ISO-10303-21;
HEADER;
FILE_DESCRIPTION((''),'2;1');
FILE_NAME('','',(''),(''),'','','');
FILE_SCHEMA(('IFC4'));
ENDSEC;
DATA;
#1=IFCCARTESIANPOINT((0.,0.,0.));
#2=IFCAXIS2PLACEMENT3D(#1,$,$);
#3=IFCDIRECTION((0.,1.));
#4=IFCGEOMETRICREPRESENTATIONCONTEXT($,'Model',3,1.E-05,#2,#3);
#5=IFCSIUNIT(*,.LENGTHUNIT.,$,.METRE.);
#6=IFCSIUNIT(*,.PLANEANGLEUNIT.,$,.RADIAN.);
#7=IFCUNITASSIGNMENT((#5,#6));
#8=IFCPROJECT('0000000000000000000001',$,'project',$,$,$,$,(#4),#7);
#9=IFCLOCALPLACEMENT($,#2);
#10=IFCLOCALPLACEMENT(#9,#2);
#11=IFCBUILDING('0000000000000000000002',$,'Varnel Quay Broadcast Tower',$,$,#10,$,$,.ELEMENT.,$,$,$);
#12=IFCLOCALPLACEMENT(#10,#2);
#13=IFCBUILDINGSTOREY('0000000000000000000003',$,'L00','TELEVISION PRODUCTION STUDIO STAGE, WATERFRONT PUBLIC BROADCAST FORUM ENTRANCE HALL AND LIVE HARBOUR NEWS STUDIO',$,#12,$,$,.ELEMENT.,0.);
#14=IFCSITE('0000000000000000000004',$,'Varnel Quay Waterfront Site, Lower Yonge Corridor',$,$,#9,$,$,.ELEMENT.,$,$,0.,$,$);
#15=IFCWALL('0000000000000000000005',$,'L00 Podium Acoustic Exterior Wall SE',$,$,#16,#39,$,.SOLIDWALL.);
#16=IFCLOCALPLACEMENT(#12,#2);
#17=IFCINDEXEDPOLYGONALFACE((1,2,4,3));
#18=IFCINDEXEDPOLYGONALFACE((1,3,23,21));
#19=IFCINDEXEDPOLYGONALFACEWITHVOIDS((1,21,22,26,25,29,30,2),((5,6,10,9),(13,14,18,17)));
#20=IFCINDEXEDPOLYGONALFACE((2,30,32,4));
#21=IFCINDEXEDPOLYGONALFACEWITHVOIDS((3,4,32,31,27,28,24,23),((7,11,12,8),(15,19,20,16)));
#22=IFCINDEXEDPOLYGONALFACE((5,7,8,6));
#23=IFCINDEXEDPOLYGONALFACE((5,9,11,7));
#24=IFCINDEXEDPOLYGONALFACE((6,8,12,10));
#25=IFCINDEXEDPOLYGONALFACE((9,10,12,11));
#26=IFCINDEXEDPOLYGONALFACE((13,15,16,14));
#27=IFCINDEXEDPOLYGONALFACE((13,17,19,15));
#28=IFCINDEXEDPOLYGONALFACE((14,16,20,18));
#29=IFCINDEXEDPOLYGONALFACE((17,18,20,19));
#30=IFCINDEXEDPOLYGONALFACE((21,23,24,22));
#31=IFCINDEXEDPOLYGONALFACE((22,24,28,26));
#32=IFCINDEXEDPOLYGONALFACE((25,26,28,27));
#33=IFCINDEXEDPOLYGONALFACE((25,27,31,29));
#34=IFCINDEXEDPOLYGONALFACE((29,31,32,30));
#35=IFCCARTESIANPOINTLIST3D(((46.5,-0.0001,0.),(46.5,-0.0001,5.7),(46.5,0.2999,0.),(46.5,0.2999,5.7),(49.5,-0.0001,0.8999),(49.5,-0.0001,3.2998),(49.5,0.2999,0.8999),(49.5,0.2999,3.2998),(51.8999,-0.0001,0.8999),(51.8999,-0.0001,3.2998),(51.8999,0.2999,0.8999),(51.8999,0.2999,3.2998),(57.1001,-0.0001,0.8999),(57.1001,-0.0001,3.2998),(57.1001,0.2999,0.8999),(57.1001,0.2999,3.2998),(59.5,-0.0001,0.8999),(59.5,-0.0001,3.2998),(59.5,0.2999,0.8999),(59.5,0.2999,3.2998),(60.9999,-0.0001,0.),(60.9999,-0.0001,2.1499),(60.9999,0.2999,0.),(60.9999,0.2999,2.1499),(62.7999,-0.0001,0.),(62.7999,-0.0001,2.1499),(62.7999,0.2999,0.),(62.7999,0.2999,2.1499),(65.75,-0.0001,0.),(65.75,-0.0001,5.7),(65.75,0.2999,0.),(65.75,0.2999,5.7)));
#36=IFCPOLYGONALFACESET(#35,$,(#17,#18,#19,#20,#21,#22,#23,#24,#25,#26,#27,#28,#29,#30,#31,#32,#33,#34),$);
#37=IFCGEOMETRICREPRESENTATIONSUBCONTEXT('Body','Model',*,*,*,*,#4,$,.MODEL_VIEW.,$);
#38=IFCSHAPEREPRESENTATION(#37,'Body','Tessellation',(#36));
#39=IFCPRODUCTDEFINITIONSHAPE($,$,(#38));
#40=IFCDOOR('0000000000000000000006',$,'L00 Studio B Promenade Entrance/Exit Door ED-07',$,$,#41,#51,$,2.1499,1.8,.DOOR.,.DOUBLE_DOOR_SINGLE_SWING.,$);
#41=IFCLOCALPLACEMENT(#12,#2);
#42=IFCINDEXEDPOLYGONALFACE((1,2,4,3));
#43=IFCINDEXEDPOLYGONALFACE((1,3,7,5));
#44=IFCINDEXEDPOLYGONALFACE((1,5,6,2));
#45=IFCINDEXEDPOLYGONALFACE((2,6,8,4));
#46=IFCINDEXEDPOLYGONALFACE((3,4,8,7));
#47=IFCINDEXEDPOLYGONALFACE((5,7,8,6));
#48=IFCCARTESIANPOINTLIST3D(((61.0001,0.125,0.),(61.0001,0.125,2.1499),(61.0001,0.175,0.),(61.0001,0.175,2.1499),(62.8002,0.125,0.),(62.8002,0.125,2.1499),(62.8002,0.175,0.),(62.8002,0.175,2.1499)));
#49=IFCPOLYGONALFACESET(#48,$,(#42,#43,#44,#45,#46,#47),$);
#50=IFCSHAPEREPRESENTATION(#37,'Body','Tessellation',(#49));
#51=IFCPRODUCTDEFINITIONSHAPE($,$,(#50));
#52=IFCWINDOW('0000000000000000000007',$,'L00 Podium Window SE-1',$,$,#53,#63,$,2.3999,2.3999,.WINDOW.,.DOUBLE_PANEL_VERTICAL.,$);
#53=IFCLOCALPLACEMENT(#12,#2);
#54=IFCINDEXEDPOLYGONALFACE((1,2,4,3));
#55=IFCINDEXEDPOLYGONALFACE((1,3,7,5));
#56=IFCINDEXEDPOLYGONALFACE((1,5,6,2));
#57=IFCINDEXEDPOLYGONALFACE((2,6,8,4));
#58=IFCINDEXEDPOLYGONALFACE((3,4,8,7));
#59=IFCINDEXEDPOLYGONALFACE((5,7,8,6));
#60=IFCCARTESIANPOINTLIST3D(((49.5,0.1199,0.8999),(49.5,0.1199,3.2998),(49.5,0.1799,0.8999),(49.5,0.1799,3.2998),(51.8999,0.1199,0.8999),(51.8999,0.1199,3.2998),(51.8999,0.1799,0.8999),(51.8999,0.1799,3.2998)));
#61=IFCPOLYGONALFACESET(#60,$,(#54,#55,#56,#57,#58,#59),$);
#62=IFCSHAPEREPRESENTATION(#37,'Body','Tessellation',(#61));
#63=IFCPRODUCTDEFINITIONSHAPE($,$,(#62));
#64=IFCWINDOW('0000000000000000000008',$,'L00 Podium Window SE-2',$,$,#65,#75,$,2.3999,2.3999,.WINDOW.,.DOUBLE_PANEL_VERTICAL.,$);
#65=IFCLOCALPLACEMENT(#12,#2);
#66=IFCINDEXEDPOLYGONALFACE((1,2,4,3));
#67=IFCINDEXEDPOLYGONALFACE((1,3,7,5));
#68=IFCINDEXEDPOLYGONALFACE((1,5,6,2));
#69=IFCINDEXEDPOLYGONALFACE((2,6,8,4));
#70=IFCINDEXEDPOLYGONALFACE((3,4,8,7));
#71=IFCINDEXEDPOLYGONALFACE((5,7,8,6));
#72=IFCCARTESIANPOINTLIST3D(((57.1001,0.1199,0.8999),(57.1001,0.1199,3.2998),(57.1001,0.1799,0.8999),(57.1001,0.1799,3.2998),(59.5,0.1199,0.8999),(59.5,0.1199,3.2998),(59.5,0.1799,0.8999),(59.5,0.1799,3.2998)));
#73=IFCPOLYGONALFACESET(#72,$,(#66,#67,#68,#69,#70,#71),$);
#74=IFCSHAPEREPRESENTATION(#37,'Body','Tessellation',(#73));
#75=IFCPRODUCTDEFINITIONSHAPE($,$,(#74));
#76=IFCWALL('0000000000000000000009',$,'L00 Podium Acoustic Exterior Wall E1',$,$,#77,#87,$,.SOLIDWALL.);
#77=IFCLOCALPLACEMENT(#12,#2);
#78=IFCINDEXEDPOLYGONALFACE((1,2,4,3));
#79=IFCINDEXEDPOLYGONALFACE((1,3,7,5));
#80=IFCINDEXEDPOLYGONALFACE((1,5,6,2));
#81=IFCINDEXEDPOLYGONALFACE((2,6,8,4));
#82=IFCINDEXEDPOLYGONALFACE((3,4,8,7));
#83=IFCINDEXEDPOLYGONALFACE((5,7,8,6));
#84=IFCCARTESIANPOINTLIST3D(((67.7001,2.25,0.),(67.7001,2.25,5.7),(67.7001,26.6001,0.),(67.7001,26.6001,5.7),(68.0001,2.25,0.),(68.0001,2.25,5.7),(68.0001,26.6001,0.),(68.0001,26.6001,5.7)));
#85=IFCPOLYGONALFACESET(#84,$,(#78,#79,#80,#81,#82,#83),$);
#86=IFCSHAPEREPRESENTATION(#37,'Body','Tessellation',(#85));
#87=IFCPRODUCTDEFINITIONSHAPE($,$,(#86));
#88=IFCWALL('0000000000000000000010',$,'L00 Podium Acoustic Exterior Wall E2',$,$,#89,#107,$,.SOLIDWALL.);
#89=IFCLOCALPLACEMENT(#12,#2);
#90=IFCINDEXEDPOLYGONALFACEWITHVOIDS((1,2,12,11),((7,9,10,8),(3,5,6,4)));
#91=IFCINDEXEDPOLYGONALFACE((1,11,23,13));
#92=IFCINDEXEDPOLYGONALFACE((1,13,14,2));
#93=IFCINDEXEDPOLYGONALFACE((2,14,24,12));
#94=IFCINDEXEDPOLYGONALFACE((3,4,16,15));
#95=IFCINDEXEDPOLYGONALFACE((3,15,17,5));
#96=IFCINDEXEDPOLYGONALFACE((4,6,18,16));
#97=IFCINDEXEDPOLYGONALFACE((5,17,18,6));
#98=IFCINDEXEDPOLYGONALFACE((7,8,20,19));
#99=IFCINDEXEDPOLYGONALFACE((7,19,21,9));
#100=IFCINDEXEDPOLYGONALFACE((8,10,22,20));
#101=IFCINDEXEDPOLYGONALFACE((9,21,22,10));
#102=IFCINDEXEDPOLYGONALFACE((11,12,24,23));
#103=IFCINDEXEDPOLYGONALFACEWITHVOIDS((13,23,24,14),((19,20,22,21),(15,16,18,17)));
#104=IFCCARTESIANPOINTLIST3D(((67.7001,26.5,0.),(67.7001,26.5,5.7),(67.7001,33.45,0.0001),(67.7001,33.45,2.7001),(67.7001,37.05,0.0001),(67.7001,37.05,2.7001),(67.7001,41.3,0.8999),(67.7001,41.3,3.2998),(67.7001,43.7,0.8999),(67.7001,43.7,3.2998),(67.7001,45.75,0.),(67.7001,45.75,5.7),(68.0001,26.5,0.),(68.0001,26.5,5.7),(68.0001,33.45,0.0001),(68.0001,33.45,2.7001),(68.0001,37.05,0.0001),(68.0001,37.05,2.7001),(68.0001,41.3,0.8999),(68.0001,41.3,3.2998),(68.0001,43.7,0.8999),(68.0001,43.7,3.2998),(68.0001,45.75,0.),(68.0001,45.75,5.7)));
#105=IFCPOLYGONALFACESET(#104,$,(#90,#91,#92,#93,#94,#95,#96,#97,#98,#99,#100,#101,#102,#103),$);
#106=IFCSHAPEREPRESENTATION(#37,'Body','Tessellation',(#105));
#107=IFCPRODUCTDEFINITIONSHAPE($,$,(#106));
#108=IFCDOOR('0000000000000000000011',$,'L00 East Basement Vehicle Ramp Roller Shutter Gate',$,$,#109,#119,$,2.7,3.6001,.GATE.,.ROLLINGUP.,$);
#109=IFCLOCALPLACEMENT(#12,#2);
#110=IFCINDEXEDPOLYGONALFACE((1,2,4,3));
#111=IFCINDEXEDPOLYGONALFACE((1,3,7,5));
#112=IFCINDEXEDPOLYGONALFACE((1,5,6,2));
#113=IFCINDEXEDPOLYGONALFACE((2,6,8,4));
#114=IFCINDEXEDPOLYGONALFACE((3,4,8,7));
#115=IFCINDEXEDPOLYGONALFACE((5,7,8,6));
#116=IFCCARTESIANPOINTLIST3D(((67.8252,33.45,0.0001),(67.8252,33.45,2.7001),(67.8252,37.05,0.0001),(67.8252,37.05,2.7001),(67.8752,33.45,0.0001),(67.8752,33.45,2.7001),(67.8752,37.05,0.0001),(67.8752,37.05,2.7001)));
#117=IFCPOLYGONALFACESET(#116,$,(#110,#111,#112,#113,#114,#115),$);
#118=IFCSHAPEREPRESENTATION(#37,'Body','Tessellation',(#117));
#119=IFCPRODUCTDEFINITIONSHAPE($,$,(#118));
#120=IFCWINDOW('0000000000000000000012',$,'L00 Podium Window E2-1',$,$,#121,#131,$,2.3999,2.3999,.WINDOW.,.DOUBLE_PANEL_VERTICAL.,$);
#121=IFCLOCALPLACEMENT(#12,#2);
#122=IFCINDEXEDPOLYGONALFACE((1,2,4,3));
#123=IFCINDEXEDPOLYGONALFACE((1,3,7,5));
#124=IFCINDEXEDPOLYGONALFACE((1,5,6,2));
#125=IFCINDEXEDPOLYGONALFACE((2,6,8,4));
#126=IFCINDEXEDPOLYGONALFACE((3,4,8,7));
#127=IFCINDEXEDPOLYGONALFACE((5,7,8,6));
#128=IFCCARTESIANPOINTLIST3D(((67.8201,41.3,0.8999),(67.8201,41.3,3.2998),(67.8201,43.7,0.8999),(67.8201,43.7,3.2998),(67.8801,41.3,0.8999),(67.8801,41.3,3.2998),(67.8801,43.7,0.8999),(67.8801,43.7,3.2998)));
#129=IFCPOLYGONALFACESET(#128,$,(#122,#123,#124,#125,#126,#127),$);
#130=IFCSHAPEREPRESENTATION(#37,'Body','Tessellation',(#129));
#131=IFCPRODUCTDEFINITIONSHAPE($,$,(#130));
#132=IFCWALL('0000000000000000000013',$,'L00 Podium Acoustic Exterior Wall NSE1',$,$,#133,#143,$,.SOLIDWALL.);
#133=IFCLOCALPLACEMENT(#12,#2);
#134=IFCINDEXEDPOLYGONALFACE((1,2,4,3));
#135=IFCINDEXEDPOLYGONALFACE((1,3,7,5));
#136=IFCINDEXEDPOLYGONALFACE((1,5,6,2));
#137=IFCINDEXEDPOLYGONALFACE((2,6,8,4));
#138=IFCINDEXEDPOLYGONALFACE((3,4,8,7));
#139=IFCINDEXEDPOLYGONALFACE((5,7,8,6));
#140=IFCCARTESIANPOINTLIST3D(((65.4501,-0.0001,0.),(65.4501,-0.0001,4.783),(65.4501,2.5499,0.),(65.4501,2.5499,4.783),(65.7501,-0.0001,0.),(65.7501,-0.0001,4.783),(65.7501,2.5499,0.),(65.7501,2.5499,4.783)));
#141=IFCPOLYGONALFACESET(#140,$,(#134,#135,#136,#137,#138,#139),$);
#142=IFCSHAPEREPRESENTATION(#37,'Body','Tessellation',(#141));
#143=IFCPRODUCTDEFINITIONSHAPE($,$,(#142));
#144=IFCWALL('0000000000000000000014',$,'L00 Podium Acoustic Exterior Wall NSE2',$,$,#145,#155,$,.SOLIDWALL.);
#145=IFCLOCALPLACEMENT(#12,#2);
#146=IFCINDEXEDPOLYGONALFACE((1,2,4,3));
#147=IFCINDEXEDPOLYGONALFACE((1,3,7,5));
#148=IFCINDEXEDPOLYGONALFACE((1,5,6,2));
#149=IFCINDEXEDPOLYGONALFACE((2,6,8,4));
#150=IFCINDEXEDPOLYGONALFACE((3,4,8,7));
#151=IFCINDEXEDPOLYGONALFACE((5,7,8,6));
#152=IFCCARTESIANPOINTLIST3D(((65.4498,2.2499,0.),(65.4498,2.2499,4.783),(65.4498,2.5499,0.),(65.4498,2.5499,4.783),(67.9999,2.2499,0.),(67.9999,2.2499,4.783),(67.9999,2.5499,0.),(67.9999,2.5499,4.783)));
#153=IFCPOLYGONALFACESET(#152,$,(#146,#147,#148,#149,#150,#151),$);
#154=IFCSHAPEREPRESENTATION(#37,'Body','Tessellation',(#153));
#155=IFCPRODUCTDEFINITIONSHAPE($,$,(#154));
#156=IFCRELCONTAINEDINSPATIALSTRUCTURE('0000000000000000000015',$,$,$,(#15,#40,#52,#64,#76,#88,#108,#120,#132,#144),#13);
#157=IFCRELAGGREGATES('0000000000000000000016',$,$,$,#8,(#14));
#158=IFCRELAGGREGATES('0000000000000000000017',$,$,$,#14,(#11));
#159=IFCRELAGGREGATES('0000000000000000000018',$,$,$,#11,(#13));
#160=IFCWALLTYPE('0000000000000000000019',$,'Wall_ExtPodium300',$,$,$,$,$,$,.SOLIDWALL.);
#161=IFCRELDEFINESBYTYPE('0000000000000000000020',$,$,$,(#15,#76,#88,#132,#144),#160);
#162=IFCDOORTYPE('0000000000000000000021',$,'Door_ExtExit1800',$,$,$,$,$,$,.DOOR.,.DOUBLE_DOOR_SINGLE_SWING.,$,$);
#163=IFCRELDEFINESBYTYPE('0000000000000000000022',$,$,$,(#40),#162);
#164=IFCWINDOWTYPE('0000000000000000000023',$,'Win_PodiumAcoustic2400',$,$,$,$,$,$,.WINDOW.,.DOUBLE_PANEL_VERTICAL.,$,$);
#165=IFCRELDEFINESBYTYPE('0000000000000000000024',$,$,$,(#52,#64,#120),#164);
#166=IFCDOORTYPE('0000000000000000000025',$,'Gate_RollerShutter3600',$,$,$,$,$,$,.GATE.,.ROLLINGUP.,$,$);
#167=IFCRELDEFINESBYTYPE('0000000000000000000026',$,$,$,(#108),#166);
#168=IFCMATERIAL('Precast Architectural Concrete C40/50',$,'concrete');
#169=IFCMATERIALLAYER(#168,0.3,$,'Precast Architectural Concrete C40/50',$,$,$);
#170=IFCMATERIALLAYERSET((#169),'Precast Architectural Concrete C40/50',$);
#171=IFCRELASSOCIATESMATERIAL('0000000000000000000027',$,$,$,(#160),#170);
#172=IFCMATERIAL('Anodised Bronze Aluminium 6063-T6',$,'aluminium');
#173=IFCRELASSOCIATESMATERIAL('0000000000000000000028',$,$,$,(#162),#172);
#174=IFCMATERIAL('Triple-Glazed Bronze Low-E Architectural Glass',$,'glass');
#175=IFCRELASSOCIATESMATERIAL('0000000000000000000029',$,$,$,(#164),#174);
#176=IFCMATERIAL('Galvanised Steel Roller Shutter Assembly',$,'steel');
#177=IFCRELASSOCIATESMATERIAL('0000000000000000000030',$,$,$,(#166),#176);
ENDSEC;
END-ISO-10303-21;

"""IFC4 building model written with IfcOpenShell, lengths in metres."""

from ifc_helpers import new_model, si_unit, direction, frame, frame_2d, origin, place, context, subcontext, project, spatial, rectangle, extrude, source, transform, mapped, material, layer, layer_set, type_object, type_shapes, element, fill, save


model = new_model("IFC4")

# Units and contexts
model_context = context("Model", 3, precision=1e-05, world=origin(), true_north=direction((0.0, 1.0)))
body_context = subcontext(model_context, "Body", "Model", "MODEL_VIEW")
ifc_project = project(units=[si_unit("LENGTHUNIT", "METRE"), si_unit("PLANEANGLEUNIT", "RADIAN")], contexts=[model_context])

# Site, building, storey
site_placement = place(None, origin())
site = spatial("IfcSite", under=ifc_project, at=site_placement, Name="Varnel Quay Waterfront Site, Lower Yonge Corridor", CompositionType="ELEMENT", RefElevation=0.0)
building_placement = place(site_placement, origin())
building = spatial("IfcBuilding", under=site, at=building_placement, Name="Varnel Quay Broadcast Tower", CompositionType="ELEMENT")
storey_placement = place(building_placement, origin())
storey = spatial("IfcBuildingStorey", under=building, at=storey_placement, Name="L00", Description="TELEVISION PRODUCTION STUDIO STAGE, WATERFRONT PUBLIC BROADCAST FORUM ENTRANCE HALL AND LIVE HARBOUR NEWS STUDIO", CompositionType="ELEMENT", Elevation=0.0)

# Shared definitions
ifc_material_1 = material(Name="Anodised Bronze Aluminium 6063-T6", Category="aluminium")

# Wall, openings, door, windows
ifc_material_2 = material(Name="Precast Architectural Concrete C40/50", Category="concrete")
ifc_layer_1 = layer(ifc_material_2, 0.3, Name="Precast Architectural Concrete C40/50")
ifc_layer_set_1 = layer_set([ifc_layer_1], Name="Precast Architectural Concrete C40/50")
wall_type_1 = type_object("IfcWallType", Name="Wall_ExtPodium300", PredefinedType="SOLIDWALL", material=ifc_layer_set_1)
wall_1_placement = place(storey_placement, frame((46.5, 0.1499, 0.0), z_axis=(0.0, 0.0, 1.0), x_axis=(1.0, 0.0, 0.0)))
wall_1 = element("IfcWall", 1, at=wall_1_placement, inside=storey, type_object=wall_type_1, Name="L00 Podium Acoustic Exterior Wall SE", PredefinedType="SOLIDWALL", context=body_context, shape_type="SweptSolid", body=[
    extrude(rectangle(XDim=19.25, YDim=0.3, at=frame_2d((9.625, 0.0))), origin(), (0.0, 0.0, 1.0), 5.7),
])
opening_1_placement = place(wall_1_placement, frame((14.5, 0.0, 0.0)))
opening_1 = element("IfcOpeningElement", 2, at=opening_1_placement, cuts=wall_1, PredefinedType="OPENING", context=body_context, shape_type="SweptSolid", body=[
    extrude(rectangle(XDim=1.8, YDim=2.1499, at=frame_2d((0.8999, 1.075))), frame((0.0, 0.1602, 0.0), z_axis=(0.0, -1.0, 0.0), x_axis=(1.0, 0.0, 0.0)), (0.0, 0.0, 1.0), 0.3201),
])
opening_2_placement = place(wall_1_placement, frame((3.0, 0.0, 0.8999)))
opening_2 = element("IfcOpeningElement", 3, at=opening_2_placement, cuts=wall_1, PredefinedType="OPENING", context=body_context, shape_type="SweptSolid", body=[
    extrude(rectangle(XDim=2.3999, YDim=2.3999, at=frame_2d((1.2, 1.2))), frame((0.0, 0.1602, 0.0), z_axis=(0.0, -1.0, 0.0), x_axis=(1.0, 0.0, 0.0)), (0.0, 0.0, 1.0), 0.3201),
])
opening_3_placement = place(wall_1_placement, frame((10.6001, 0.0, 0.8999)))
opening_3 = element("IfcOpeningElement", 4, at=opening_3_placement, cuts=wall_1, PredefinedType="OPENING", context=body_context, shape_type="SweptSolid", body=[
    extrude(rectangle(XDim=2.3999, YDim=2.3999, at=frame_2d((1.2, 1.2))), frame((0.0, 0.1602, 0.0), z_axis=(0.0, -1.0, 0.0), x_axis=(1.0, 0.0, 0.0)), (0.0, 0.0, 1.0), 0.3201),
])
door_type_1 = type_object("IfcDoorType", Name="Door_ExtExit1800", OperationType="DOUBLE_DOOR_SINGLE_SWING", PredefinedType="DOOR", material=ifc_material_1)
shared_shape_1 = source(origin(), body_context, "Body", "SweptSolid", [
    extrude(rectangle(XDim=1.8, YDim=2.1499, at=frame_2d((0.8999, 1.075))), frame((0.0, 0.0249, 0.0), z_axis=(0.0, -1.0, 0.0), x_axis=(1.0, 0.0, 0.0)), (0.0, 0.0, 1.0), 0.05),
])
type_shapes(door_type_1, [shared_shape_1])
door_1_placement = place(opening_1_placement, frame((1.8, 0.0, 0.0), z_axis=(0.0, 0.0, 1.0), x_axis=(-1.0, 0.0, 0.0)))
door_1 = element("IfcDoor", 5, at=door_1_placement, inside=storey, type_object=door_type_1, Name="L00 Studio B Promenade Entrance/Exit Door ED-07", OperationType="DOUBLE_DOOR_SINGLE_SWING", OverallHeight=2.1499, OverallWidth=1.8, PredefinedType="DOOR", context=body_context, shape_type="MappedRepresentation", body=[
    mapped(shared_shape_1, transform((0.0, 0.0, 0.0), x_axis=(1.0, 0.0, 0.0), y_axis=(0.0, 1.0, 0.0), z_axis=(0.0, 0.0, 1.0), scale=1.0)),
])
fill(opening_1, door_1)
ifc_material_3 = material(Name="Triple-Glazed Bronze Low-E Architectural Glass", Category="glass")
window_type = type_object("IfcWindowType", Name="Win_PodiumAcoustic2400", PartitioningType="DOUBLE_PANEL_VERTICAL", PredefinedType="WINDOW", material=ifc_material_3)
shared_shape_2 = source(origin(), body_context, "Body", "SweptSolid", [
    extrude(rectangle(XDim=2.3999, YDim=2.3999, at=frame_2d((1.2, 1.2))), frame((0.0, 0.03, 0.0), z_axis=(0.0, -1.0, 0.0), x_axis=(1.0, 0.0, 0.0)), (0.0, 0.0, 1.0), 0.0601),
])
type_shapes(window_type, [shared_shape_2])
window_1_placement = place(opening_2_placement, origin())
window_1 = element("IfcWindow", 6, at=window_1_placement, inside=storey, type_object=window_type, Name="L00 Podium Window SE-1", OverallHeight=2.3999, OverallWidth=2.3999, PartitioningType="DOUBLE_PANEL_VERTICAL", PredefinedType="WINDOW", context=body_context, shape_type="MappedRepresentation", body=[
    mapped(shared_shape_2, transform((0.0, 0.0, 0.0), x_axis=(1.0, 0.0, 0.0), y_axis=(0.0, 1.0, 0.0), z_axis=(0.0, 0.0, 1.0), scale=1.0)),
])
fill(opening_2, window_1)
window_2_placement = place(opening_3_placement, origin())
window_2 = element("IfcWindow", 7, at=window_2_placement, inside=storey, type_object=window_type, Name="L00 Podium Window SE-2", OverallHeight=2.3999, OverallWidth=2.3999, PartitioningType="DOUBLE_PANEL_VERTICAL", PredefinedType="WINDOW", context=body_context, shape_type="MappedRepresentation", body=[
    mapped(shared_shape_2, transform((0.0, 0.0, 0.0), x_axis=(1.0, 0.0, 0.0), y_axis=(0.0, 1.0, 0.0), z_axis=(0.0, 0.0, 1.0), scale=1.0)),
])
fill(opening_3, window_2)

# Wall
wall_2_placement = place(storey_placement, frame((67.8501, 2.25, 0.0), z_axis=(0.0, 0.0, 1.0), x_axis=(0.0, 1.0, 0.0)))
element("IfcWall", 8, at=wall_2_placement, inside=storey, type_object=wall_type_1, Name="L00 Podium Acoustic Exterior Wall E1", PredefinedType="SOLIDWALL", context=body_context, shape_type="SweptSolid", body=[
    extrude(rectangle(XDim=24.3501, YDim=0.3, at=frame_2d((12.175, 0.0))), origin(), (0.0, 0.0, 1.0), 5.7),
])

# Wall, openings, door, window
wall_3_placement = place(storey_placement, frame((67.8501, 26.5, 0.0), z_axis=(0.0, 0.0, 1.0), x_axis=(0.0, 1.0, 0.0)))
wall_3 = element("IfcWall", 9, at=wall_3_placement, inside=storey, type_object=wall_type_1, Name="L00 Podium Acoustic Exterior Wall E2", PredefinedType="SOLIDWALL", context=body_context, shape_type="SweptSolid", body=[
    extrude(rectangle(XDim=19.25, YDim=0.3, at=frame_2d((9.625, 0.0))), origin(), (0.0, 0.0, 1.0), 5.7),
])
opening_4_placement = place(wall_3_placement, frame((6.95, 0.0, 0.0)))
opening_4 = element("IfcOpeningElement", 10, at=opening_4_placement, cuts=wall_3, PredefinedType="OPENING", context=body_context, shape_type="SweptSolid", body=[
    extrude(rectangle(XDim=3.6001, YDim=2.7, at=frame_2d((1.8, 1.3501))), frame((0.0, 0.1602, 0.0), z_axis=(0.0, -1.0, 0.0), x_axis=(1.0, 0.0, 0.0)), (0.0, 0.0, 1.0), 0.3201),
])
opening_5_placement = place(wall_3_placement, frame((14.8, 0.0, 0.8999)))
opening_5 = element("IfcOpeningElement", 11, at=opening_5_placement, cuts=wall_3, PredefinedType="OPENING", context=body_context, shape_type="SweptSolid", body=[
    extrude(rectangle(XDim=2.3999, YDim=2.3999, at=frame_2d((1.2, 1.2))), frame((0.0, 0.1602, 0.0), z_axis=(0.0, -1.0, 0.0), x_axis=(1.0, 0.0, 0.0)), (0.0, 0.0, 1.0), 0.3201),
])
ifc_material_4 = material(Name="Galvanised Steel Roller Shutter Assembly", Category="steel")
door_type_2 = type_object("IfcDoorType", Name="Gate_RollerShutter3600", OperationType="ROLLINGUP", PredefinedType="GATE", material=ifc_material_4)
shared_shape_3 = source(origin(), body_context, "Body", "SweptSolid", [
    extrude(rectangle(XDim=3.6001, YDim=2.7, at=frame_2d((1.8, 1.3501))), frame((0.0, 0.0249, 0.0), z_axis=(0.0, -1.0, 0.0), x_axis=(1.0, 0.0, 0.0)), (0.0, 0.0, 1.0), 0.05),
])
type_shapes(door_type_2, [shared_shape_3])
door_2_placement = place(opening_4_placement, origin())
door_2 = element("IfcDoor", 12, at=door_2_placement, inside=storey, type_object=door_type_2, Name="L00 East Basement Vehicle Ramp Roller Shutter Gate", OperationType="ROLLINGUP", OverallHeight=2.7, OverallWidth=3.6001, PredefinedType="GATE", context=body_context, shape_type="MappedRepresentation", body=[
    mapped(shared_shape_3, transform((0.0, 0.0, 0.0), x_axis=(1.0, 0.0, 0.0), y_axis=(0.0, 1.0, 0.0), z_axis=(0.0, 0.0, 1.0), scale=1.0)),
])
fill(opening_4, door_2)
window_3_placement = place(opening_5_placement, origin())
window_3 = element("IfcWindow", 13, at=window_3_placement, inside=storey, type_object=window_type, Name="L00 Podium Window E2-1", OverallHeight=2.3999, OverallWidth=2.3999, PartitioningType="DOUBLE_PANEL_VERTICAL", PredefinedType="WINDOW", context=body_context, shape_type="MappedRepresentation", body=[
    mapped(shared_shape_2, transform((0.0, 0.0, 0.0), x_axis=(1.0, 0.0, 0.0), y_axis=(0.0, 1.0, 0.0), z_axis=(0.0, 0.0, 1.0), scale=1.0)),
])
fill(opening_5, window_3)

# Walls
for number, where, z_axis, x_axis, name in (
    (14, (65.6001, 0.0, 0.0), (0.0, 0.0, 1.0), (0.0, 1.0, 0.0), "L00 Podium Acoustic Exterior Wall NSE1"),
    (15, (65.45, 2.3999, 0.0), (0.0, 0.0, 1.0), (1.0, 0.0, 0.0), "L00 Podium Acoustic Exterior Wall NSE2"),
):
    element("IfcWall", number, at=place(storey_placement, frame(where, z_axis=z_axis, x_axis=x_axis)), inside=storey, type_object=wall_type_1, Name=name, PredefinedType="SOLIDWALL", context=body_context, shape_type="SweptSolid", body=[
        extrude(rectangle(XDim=2.55, YDim=0.3, at=frame_2d((1.2749, 0.0))), origin(), (0.0, 0.0, 1.0), 4.783),
    ])

save(model, "model.ifc")
